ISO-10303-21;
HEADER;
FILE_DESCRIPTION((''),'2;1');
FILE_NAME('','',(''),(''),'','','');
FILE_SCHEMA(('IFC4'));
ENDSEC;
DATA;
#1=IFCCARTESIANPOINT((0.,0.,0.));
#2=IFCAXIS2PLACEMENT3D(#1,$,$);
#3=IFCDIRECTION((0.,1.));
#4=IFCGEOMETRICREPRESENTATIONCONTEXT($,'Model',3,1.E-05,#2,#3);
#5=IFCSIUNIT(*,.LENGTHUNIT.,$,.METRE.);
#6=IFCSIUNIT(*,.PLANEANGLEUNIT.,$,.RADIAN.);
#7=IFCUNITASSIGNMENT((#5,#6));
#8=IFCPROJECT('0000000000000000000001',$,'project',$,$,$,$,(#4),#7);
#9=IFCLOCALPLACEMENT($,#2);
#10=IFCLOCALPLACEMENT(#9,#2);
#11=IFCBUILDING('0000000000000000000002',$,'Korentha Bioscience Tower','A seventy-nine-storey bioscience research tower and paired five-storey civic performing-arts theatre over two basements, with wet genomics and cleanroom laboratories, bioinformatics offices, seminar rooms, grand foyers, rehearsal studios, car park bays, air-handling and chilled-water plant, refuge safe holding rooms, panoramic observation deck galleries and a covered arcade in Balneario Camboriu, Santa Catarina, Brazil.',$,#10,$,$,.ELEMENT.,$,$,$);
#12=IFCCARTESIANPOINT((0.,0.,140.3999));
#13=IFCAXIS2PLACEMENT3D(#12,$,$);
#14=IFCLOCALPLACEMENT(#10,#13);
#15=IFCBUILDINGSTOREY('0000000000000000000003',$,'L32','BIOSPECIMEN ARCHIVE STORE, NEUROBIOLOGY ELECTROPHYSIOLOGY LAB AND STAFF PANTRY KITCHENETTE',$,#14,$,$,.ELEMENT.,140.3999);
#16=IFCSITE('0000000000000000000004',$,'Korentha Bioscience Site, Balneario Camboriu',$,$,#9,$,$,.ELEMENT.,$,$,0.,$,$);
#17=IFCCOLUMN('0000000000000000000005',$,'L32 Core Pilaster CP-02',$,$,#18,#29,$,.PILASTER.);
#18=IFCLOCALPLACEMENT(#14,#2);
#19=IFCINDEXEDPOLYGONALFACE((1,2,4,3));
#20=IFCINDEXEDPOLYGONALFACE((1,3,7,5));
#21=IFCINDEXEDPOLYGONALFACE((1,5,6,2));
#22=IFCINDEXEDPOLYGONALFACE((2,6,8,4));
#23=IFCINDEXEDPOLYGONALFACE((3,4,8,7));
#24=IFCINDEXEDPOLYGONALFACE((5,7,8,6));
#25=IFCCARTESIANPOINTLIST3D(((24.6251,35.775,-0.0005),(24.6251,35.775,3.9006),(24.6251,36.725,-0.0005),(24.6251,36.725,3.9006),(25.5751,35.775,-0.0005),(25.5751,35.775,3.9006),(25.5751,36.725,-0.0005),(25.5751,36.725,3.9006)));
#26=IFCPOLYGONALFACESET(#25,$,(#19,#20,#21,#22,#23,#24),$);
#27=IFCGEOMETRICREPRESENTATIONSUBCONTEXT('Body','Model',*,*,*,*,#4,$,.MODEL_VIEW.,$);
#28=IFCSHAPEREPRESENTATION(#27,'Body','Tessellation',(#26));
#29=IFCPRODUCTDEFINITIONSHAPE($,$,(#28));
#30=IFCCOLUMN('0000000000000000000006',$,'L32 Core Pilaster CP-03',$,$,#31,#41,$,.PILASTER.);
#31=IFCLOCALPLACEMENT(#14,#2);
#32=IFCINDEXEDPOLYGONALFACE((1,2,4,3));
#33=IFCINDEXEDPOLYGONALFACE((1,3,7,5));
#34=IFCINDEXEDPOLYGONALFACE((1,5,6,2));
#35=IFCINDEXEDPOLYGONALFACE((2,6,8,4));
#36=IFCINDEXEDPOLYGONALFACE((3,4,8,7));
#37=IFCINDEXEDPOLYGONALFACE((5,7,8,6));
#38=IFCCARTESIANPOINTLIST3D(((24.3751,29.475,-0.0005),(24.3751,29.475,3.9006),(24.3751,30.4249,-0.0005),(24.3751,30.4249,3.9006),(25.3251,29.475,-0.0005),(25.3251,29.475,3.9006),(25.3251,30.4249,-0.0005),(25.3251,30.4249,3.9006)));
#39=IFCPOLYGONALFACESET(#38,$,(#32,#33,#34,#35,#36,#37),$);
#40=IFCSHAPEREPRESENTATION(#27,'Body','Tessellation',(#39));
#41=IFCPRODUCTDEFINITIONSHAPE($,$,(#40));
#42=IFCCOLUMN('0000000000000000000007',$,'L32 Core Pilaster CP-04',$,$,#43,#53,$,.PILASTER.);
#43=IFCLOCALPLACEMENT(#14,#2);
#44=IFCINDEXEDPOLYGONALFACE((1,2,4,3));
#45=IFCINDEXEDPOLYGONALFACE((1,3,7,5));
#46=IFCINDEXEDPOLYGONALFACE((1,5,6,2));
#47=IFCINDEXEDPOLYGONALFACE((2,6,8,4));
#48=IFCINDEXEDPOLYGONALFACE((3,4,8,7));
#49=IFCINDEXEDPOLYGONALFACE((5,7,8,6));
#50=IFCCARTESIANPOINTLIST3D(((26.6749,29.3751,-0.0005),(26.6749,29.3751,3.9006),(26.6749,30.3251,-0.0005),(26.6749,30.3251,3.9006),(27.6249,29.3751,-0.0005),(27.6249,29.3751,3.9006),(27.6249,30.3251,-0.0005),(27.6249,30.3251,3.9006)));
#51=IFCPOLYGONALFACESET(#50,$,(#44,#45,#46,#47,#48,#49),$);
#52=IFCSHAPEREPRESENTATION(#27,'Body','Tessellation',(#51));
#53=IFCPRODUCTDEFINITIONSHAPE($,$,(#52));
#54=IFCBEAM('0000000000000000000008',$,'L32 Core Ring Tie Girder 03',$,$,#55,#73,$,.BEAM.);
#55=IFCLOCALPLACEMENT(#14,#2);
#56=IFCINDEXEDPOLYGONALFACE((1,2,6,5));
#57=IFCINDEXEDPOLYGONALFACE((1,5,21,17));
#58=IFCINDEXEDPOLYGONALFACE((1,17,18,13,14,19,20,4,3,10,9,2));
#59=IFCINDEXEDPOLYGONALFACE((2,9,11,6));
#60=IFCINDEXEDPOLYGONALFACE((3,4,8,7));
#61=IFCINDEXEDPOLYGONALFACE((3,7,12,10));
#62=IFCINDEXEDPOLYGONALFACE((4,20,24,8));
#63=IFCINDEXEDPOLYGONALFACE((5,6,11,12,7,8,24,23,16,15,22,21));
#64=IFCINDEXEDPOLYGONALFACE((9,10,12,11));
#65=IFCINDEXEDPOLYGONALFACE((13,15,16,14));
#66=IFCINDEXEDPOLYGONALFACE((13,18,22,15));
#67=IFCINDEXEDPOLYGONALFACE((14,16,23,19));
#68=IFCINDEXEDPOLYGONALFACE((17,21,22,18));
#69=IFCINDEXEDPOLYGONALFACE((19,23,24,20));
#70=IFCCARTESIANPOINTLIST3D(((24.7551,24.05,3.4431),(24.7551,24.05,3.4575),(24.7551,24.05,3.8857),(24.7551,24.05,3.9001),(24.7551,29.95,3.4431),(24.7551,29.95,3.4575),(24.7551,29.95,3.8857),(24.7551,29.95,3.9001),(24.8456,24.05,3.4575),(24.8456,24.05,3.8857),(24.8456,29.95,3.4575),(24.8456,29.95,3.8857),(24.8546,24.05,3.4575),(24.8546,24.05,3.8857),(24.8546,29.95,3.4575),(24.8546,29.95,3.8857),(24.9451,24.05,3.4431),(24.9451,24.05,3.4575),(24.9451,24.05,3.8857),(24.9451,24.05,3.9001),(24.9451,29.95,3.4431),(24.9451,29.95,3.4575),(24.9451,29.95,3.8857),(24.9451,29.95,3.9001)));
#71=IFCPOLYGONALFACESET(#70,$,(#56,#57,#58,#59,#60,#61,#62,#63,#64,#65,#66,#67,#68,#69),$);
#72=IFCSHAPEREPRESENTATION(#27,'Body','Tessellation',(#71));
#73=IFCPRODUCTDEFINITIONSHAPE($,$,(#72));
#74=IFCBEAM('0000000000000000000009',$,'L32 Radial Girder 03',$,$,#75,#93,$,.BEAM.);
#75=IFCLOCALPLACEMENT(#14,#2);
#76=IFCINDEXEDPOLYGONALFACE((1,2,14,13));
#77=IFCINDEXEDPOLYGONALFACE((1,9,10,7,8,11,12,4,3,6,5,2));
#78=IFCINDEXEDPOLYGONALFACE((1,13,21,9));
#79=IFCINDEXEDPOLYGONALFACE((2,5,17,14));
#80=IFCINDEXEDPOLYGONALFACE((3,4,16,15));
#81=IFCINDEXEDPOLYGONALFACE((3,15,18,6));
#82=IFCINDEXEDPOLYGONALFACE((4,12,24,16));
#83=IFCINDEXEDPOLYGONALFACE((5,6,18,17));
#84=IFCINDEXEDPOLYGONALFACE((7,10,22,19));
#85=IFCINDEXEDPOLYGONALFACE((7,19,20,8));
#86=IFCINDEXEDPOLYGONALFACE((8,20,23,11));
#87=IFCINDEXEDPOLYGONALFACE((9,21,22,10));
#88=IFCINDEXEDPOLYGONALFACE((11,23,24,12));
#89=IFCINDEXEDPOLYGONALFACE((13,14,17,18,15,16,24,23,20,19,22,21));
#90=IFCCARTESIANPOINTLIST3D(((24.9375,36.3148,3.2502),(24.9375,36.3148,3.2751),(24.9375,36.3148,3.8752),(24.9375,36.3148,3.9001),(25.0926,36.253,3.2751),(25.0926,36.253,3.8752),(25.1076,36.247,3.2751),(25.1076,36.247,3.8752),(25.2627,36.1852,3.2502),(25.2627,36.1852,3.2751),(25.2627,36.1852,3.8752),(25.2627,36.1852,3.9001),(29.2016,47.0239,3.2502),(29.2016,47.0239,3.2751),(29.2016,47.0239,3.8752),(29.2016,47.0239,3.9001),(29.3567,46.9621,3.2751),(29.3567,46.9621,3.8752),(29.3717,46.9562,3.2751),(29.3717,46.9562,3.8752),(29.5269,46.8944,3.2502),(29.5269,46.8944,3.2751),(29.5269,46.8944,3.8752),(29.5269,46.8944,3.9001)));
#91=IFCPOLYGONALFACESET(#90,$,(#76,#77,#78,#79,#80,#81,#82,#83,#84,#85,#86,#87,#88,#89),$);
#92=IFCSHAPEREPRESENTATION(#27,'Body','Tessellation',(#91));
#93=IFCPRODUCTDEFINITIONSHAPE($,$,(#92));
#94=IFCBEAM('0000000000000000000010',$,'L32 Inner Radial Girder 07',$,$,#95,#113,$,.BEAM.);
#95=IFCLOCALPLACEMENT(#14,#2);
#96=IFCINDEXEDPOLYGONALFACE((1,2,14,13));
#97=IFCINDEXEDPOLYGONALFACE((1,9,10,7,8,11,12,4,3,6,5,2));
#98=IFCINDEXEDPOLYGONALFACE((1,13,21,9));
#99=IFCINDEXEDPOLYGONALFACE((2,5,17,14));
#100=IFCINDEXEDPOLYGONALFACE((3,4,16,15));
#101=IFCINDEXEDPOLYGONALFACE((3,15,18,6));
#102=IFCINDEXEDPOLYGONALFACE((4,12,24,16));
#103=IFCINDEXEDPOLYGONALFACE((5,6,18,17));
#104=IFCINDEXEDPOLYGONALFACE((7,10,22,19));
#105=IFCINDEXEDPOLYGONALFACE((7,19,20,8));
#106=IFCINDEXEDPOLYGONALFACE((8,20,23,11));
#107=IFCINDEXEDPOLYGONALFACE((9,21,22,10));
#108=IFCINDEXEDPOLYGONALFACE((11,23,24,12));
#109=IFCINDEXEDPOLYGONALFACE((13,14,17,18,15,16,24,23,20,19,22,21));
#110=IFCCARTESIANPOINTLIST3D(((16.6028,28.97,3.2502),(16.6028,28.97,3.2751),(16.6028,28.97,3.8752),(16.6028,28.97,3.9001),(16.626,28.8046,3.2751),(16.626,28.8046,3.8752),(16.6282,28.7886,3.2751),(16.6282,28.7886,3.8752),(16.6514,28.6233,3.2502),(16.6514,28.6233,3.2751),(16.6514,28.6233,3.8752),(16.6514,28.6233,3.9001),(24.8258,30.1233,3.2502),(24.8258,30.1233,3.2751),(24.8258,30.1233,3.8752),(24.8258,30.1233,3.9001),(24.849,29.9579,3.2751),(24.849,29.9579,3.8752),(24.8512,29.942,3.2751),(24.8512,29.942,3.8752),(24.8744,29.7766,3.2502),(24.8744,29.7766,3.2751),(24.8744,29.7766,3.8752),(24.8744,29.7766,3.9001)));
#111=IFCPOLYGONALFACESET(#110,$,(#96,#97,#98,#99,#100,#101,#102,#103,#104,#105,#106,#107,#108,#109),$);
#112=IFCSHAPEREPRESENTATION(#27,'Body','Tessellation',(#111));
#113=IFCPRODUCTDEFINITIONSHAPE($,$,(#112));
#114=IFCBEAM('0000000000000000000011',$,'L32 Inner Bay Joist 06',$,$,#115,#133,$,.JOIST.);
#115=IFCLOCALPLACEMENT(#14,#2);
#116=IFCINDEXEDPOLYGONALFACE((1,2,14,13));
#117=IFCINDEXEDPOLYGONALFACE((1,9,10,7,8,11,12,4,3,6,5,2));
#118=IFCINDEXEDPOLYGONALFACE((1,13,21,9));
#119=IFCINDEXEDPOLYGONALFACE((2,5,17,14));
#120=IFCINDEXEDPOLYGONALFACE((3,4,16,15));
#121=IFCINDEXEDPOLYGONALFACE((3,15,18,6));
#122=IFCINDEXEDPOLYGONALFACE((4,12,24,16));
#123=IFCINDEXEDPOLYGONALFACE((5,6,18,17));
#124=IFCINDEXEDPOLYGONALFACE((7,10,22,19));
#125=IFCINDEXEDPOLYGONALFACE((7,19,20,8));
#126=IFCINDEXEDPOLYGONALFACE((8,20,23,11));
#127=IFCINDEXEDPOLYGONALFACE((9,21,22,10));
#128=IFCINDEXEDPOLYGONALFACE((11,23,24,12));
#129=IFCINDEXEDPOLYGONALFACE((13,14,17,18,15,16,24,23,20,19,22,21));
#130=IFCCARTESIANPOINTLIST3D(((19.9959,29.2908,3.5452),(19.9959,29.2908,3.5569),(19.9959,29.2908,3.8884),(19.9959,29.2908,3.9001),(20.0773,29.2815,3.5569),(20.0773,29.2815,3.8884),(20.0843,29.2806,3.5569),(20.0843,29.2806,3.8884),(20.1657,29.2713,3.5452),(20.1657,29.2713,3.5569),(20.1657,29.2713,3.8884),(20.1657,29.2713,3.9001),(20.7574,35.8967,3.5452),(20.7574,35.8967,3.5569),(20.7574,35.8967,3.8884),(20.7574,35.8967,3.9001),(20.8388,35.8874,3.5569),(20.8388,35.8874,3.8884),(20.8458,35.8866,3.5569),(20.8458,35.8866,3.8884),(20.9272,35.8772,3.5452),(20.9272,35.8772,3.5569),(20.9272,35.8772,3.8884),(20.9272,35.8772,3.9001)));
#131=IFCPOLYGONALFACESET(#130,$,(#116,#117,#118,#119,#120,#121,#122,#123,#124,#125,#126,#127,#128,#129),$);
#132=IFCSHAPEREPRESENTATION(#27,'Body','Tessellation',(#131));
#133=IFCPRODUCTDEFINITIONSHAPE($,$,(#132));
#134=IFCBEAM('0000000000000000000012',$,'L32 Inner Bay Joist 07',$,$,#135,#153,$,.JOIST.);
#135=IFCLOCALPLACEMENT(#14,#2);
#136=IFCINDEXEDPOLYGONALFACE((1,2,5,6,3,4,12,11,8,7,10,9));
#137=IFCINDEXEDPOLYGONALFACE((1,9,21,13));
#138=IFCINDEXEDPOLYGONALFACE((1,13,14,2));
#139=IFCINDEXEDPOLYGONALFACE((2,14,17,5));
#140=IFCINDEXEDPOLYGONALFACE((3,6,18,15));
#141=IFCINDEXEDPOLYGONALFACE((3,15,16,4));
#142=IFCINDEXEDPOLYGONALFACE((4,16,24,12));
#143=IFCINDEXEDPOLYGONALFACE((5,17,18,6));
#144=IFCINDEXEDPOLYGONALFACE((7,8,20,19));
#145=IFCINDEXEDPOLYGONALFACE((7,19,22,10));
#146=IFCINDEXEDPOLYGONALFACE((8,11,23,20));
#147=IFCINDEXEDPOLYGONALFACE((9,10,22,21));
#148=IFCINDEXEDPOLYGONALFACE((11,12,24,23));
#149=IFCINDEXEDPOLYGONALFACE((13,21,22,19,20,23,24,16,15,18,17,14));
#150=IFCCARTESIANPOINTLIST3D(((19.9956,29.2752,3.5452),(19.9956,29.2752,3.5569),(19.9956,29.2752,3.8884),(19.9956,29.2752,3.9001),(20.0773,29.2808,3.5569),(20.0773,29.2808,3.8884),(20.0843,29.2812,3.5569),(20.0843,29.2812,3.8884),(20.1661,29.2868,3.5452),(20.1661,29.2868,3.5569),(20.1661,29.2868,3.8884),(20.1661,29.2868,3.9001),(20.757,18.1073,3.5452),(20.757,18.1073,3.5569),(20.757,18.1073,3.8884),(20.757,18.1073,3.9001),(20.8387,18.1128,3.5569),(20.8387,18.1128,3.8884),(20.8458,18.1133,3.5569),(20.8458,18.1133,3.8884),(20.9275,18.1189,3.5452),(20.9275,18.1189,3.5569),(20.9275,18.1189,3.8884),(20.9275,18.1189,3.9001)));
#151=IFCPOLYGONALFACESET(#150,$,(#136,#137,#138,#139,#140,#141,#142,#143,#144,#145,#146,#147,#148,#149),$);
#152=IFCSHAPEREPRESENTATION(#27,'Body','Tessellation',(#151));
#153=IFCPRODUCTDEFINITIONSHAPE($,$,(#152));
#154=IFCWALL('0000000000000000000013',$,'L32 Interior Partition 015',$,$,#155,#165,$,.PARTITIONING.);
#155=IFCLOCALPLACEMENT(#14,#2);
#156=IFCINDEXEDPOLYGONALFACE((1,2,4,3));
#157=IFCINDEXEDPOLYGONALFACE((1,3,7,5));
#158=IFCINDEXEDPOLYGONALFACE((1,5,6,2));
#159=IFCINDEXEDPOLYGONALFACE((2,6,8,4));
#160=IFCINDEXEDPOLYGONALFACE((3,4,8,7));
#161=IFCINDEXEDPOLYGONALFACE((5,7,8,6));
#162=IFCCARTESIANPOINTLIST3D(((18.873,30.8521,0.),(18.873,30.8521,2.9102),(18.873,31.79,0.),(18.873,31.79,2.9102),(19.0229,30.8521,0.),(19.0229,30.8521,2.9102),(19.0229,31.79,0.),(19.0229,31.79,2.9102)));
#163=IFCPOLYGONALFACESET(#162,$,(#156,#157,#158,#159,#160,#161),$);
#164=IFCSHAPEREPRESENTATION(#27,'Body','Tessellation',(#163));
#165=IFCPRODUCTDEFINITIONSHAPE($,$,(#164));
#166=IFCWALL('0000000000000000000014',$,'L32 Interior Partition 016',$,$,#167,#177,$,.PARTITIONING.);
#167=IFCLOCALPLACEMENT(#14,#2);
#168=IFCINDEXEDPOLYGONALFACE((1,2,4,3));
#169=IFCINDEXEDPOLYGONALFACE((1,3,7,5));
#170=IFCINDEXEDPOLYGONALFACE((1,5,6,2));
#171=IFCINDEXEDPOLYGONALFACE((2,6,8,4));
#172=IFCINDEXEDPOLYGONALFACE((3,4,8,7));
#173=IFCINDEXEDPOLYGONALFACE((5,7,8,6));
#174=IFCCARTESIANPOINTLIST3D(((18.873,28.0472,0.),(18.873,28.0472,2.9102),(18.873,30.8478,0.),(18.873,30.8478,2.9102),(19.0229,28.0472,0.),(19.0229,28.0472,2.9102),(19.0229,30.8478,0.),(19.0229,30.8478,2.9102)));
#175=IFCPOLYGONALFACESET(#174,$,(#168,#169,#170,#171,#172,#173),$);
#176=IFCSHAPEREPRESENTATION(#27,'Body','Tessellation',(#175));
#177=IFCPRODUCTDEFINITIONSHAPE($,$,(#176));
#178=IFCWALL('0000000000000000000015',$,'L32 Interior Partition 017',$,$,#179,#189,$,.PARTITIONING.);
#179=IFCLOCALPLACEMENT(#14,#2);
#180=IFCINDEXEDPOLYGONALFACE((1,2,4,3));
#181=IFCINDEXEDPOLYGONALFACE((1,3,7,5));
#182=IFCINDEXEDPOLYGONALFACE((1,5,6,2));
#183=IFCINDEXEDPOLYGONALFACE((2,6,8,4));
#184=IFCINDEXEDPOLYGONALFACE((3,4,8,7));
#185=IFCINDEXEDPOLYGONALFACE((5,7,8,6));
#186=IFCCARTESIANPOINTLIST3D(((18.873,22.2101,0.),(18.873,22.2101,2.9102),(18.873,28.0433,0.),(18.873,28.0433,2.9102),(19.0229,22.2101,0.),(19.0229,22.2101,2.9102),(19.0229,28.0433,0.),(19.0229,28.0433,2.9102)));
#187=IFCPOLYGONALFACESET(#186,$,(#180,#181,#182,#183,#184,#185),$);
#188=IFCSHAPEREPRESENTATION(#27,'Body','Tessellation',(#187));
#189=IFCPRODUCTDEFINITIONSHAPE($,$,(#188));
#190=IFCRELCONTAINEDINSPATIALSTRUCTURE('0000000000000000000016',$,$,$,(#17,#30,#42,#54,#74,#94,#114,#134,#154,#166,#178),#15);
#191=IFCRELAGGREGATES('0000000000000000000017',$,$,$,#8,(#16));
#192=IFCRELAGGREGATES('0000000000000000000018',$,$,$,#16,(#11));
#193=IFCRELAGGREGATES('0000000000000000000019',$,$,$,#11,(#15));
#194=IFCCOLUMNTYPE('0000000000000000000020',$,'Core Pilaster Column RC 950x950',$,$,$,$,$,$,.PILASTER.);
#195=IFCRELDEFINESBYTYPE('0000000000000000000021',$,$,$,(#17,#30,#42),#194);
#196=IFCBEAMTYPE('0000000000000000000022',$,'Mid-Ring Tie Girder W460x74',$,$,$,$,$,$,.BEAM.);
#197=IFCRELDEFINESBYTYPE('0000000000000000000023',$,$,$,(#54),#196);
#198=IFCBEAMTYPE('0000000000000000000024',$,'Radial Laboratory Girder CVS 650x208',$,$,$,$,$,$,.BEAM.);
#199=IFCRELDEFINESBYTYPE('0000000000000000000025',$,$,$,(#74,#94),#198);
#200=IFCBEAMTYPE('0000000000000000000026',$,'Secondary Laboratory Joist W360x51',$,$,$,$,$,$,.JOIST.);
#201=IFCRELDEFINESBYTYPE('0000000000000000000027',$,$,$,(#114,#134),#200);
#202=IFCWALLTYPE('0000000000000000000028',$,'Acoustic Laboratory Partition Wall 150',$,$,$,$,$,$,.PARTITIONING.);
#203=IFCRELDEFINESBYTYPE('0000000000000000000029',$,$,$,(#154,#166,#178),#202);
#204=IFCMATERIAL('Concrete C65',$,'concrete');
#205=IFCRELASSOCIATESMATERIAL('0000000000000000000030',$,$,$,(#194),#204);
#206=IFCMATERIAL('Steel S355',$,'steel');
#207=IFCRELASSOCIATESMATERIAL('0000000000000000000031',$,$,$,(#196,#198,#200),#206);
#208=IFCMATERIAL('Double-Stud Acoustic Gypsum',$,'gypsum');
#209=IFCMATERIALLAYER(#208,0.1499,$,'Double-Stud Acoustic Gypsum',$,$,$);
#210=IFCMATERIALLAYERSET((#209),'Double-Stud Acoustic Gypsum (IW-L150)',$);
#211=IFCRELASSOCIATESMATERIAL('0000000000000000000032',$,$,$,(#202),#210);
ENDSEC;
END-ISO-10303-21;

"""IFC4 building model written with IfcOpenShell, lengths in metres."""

from ifc_helpers import new_model, si_unit, direction, frame, frame_2d, origin, origin_2d, place, context, subcontext, project, spatial, rectangle, i_section, extrude, material, layer, layer_set, material_profile, profile_set, type_object, element, save


model = new_model("IFC4")

# Units and contexts
model_context = context("Model", 3, precision=1e-05, world=origin(), true_north=direction((0.0, 1.0)))
body_context = subcontext(model_context, "Body", "Model", "MODEL_VIEW")
ifc_project = project(units=[si_unit("LENGTHUNIT", "METRE"), si_unit("PLANEANGLEUNIT", "RADIAN")], contexts=[model_context])

# Site, building, storey
site_placement = place(None, origin())
site = spatial("IfcSite", under=ifc_project, at=site_placement, Name="Korentha Bioscience Site, Balneario Camboriu", CompositionType="ELEMENT", RefElevation=0.0)
building_placement = place(site_placement, origin())
building = spatial("IfcBuilding", under=site, at=building_placement, Name="Korentha Bioscience Tower", Description="A seventy-nine-storey bioscience research tower and paired five-storey civic performing-arts theatre over two basements, with wet genomics and cleanroom laboratories, bioinformatics offices, seminar rooms, grand foyers, rehearsal studios, car park bays, air-handling and chilled-water plant, refuge safe holding rooms, panoramic observation deck galleries and a covered arcade in Balneario Camboriu, Santa Catarina, Brazil.", CompositionType="ELEMENT")
storey_placement = place(building_placement, frame((0.0, 0.0, 140.3999)))
storey = spatial("IfcBuildingStorey", under=building, at=storey_placement, Name="L32", Description="BIOSPECIMEN ARCHIVE STORE, NEUROBIOLOGY ELECTROPHYSIOLOGY LAB AND STAFF PANTRY KITCHENETTE", CompositionType="ELEMENT", Elevation=140.3999)

# Columns
ifc_material_1 = material(Name="Concrete C65", Category="concrete")
ifc_material_profile_1 = material_profile(ifc_material_1, rectangle(XDim=0.95, YDim=0.95, at=origin_2d()), Name="Concrete C65")
ifc_profile_set_1 = profile_set([ifc_material_profile_1], Name="Concrete C65 (COL-CP09)")
column_type = type_object("IfcColumnType", Name="Core Pilaster Column RC 950x950", PredefinedType="PILASTER", material=ifc_profile_set_1)
for number, where, z_axis, x_axis, name in (
    (1, (25.1001, 36.25, -0.0005), (0.0, 0.0, 1.0), (1.0, 0.0, 0.0), "L32 Core Pilaster CP-02"),
    (2, (24.8501, 29.95, -0.0005), (0.0, 0.0, 1.0), (1.0, 0.0, 0.0), "L32 Core Pilaster CP-03"),
    (3, (27.1499, 29.8501, -0.0005), (0.0, 0.0, 1.0), (1.0, 0.0, 0.0), "L32 Core Pilaster CP-04"),
):
    element("IfcColumn", number, at=place(storey_placement, frame(where, z_axis=z_axis, x_axis=x_axis)), inside=storey, type_object=column_type, Name=name, PredefinedType="PILASTER", context=body_context, shape_type="SweptSolid", body=[
        extrude(rectangle(XDim=0.95, YDim=0.95, at=origin_2d()), origin(), (0.0, 0.0, 1.0), 3.9011),
    ])

# Beams
ifc_material_2 = material(Name="Steel S355", Category="steel")
ifc_material_profile_2 = material_profile(ifc_material_2, i_section(OverallWidth=0.1899, OverallDepth=0.457, WebThickness=0.009, FlangeThickness=0.0144, at=origin_2d()), Name="Steel S355")
ifc_profile_set_2 = profile_set([ifc_material_profile_2], Name="Steel S355 (MB-460)")
beam_type_1 = type_object("IfcBeamType", Name="Mid-Ring Tie Girder W460x74", PredefinedType="BEAM", material=ifc_profile_set_2)
beam_1_placement = place(storey_placement, frame((24.8501, 29.95, 3.6716), z_axis=(0.0, -1.0, 0.0), x_axis=(1.0, 0.0, 0.0)))
element("IfcBeam", 4, at=beam_1_placement, inside=storey, type_object=beam_type_1, Name="L32 Core Ring Tie Girder 03", PredefinedType="BEAM", context=body_context, shape_type="SweptSolid", body=[
    extrude(i_section(OverallWidth=0.1899, OverallDepth=0.457, WebThickness=0.009, FlangeThickness=0.0144, at=origin_2d()), origin(), (0.0, 0.0, 1.0), 5.8999),
])
ifc_material_profile_3 = material_profile(ifc_material_2, i_section(OverallWidth=0.3501, OverallDepth=0.6499, WebThickness=0.0161, FlangeThickness=0.0249, at=origin_2d()), Name="Steel S355")
ifc_profile_set_3 = profile_set([ifc_material_profile_3], Name="Steel S355 (RB-650)")
beam_type_2 = type_object("IfcBeamType", Name="Radial Laboratory Girder CVS 650x208", PredefinedType="BEAM", material=ifc_profile_set_3)
beam_2_placement = place(storey_placement, frame((25.1001, 36.25, 3.5752), z_axis=(0.36993, 0.92906, 0.0), x_axis=(-0.92906, 0.36993, 0.0)))
element("IfcBeam", 5, at=beam_2_placement, inside=storey, type_object=beam_type_2, Name="L32 Radial Girder 03", PredefinedType="BEAM", context=body_context, shape_type="SweptSolid", body=[
    extrude(i_section(OverallWidth=0.3501, OverallDepth=0.6499, WebThickness=0.0161, FlangeThickness=0.0249, at=origin_2d()), origin(), (0.0, 0.0, 1.0), 11.5269),
])
beam_3_placement = place(storey_placement, frame((24.8501, 29.95, 3.5752), z_axis=(-0.990307, -0.138898, 0.0), x_axis=(0.138898, -0.990307, 0.0)))
element("IfcBeam", 6, at=beam_3_placement, inside=storey, type_object=beam_type_2, Name="L32 Inner Radial Girder 07", PredefinedType="BEAM", context=body_context, shape_type="SweptSolid", body=[
    extrude(i_section(OverallWidth=0.3501, OverallDepth=0.6499, WebThickness=0.0161, FlangeThickness=0.0249, at=origin_2d()), origin(), (0.0, 0.0, 1.0), 8.3035),
])
ifc_material_profile_4 = material_profile(ifc_material_2, i_section(OverallWidth=0.1709, OverallDepth=0.355, WebThickness=0.0071, FlangeThickness=0.0117, at=origin_2d()), Name="Steel S355")
ifc_profile_set_4 = profile_set([ifc_material_profile_4], Name="Steel S355 (JB-360)")
beam_type_3 = type_object("IfcBeamType", Name="Secondary Laboratory Joist W360x51", PredefinedType="JOIST", material=ifc_profile_set_4)
beam_4_placement = place(storey_placement, frame((20.8423, 35.887, 3.7227), z_axis=(-0.114513, -0.993422, 0.0), x_axis=(0.993422, -0.114513, 0.0)))
element("IfcBeam", 7, at=beam_4_placement, inside=storey, type_object=beam_type_3, Name="L32 Inner Bay Joist 06", PredefinedType="JOIST", context=body_context, shape_type="SweptSolid", body=[
    extrude(i_section(OverallWidth=0.1709, OverallDepth=0.355, WebThickness=0.0071, FlangeThickness=0.0117, at=origin_2d()), origin(), (0.0, 0.0, 1.0), 6.6497),
])
beam_5_placement = place(storey_placement, frame((20.0808, 29.281, 3.7227), z_axis=(0.068026, -0.997684, 0.0), x_axis=(0.997684, 0.068026, 0.0)))
element("IfcBeam", 8, at=beam_5_placement, inside=storey, type_object=beam_type_3, Name="L32 Inner Bay Joist 07", PredefinedType="JOIST", context=body_context, shape_type="SweptSolid", body=[
    extrude(i_section(OverallWidth=0.1709, OverallDepth=0.355, WebThickness=0.0071, FlangeThickness=0.0117, at=origin_2d()), origin(), (0.0, 0.0, 1.0), 11.1938),
])

# Walls
ifc_material_3 = material(Name="Double-Stud Acoustic Gypsum", Category="gypsum")
ifc_layer_1 = layer(ifc_material_3, 0.1499, Name="Double-Stud Acoustic Gypsum")
ifc_layer_set_1 = layer_set([ifc_layer_1], Name="Double-Stud Acoustic Gypsum (IW-L150)")
wall_type_1 = type_object("IfcWallType", Name="Acoustic Laboratory Partition Wall 150", PredefinedType="PARTITIONING", material=ifc_layer_set_1)
wall_1_placement = place(storey_placement, frame((18.948, 31.79, 0.0), z_axis=(0.0, 0.0, 1.0), x_axis=(0.0, -1.0, 0.0)))
element("IfcWall", 9, at=wall_1_placement, inside=storey, type_object=wall_type_1, Name="L32 Interior Partition 015", PredefinedType="PARTITIONING", context=body_context, shape_type="SweptSolid", body=[
    extrude(rectangle(XDim=0.938, YDim=0.1499, at=frame_2d((0.469, 0.0))), origin(), (0.0, 0.0, 1.0), 2.9102),
])
wall_2_placement = place(storey_placement, frame((18.948, 30.8479, 0.0), z_axis=(0.0, 0.0, 1.0), x_axis=(0.0, -1.0, 0.0)))
element("IfcWall", 10, at=wall_2_placement, inside=storey, type_object=wall_type_1, Name="L32 Interior Partition 016", PredefinedType="PARTITIONING", context=body_context, shape_type="SweptSolid", body=[
    extrude(rectangle(XDim=2.8005, YDim=0.1499, at=frame_2d((1.4004, 0.0))), origin(), (0.0, 0.0, 1.0), 2.9102),
])
wall_3_placement = place(storey_placement, frame((18.948, 28.0432, 0.0), z_axis=(0.0, 0.0, 1.0), x_axis=(0.0, -1.0, 0.0)))
element("IfcWall", 11, at=wall_3_placement, inside=storey, type_object=wall_type_1, Name="L32 Interior Partition 017", PredefinedType="PARTITIONING", context=body_context, shape_type="SweptSolid", body=[
    extrude(rectangle(XDim=5.8333, YDim=0.1499, at=frame_2d((2.9165, 0.0))), origin(), (0.0, 0.0, 1.0), 2.9102),
])

save(model, "model.ifc")
